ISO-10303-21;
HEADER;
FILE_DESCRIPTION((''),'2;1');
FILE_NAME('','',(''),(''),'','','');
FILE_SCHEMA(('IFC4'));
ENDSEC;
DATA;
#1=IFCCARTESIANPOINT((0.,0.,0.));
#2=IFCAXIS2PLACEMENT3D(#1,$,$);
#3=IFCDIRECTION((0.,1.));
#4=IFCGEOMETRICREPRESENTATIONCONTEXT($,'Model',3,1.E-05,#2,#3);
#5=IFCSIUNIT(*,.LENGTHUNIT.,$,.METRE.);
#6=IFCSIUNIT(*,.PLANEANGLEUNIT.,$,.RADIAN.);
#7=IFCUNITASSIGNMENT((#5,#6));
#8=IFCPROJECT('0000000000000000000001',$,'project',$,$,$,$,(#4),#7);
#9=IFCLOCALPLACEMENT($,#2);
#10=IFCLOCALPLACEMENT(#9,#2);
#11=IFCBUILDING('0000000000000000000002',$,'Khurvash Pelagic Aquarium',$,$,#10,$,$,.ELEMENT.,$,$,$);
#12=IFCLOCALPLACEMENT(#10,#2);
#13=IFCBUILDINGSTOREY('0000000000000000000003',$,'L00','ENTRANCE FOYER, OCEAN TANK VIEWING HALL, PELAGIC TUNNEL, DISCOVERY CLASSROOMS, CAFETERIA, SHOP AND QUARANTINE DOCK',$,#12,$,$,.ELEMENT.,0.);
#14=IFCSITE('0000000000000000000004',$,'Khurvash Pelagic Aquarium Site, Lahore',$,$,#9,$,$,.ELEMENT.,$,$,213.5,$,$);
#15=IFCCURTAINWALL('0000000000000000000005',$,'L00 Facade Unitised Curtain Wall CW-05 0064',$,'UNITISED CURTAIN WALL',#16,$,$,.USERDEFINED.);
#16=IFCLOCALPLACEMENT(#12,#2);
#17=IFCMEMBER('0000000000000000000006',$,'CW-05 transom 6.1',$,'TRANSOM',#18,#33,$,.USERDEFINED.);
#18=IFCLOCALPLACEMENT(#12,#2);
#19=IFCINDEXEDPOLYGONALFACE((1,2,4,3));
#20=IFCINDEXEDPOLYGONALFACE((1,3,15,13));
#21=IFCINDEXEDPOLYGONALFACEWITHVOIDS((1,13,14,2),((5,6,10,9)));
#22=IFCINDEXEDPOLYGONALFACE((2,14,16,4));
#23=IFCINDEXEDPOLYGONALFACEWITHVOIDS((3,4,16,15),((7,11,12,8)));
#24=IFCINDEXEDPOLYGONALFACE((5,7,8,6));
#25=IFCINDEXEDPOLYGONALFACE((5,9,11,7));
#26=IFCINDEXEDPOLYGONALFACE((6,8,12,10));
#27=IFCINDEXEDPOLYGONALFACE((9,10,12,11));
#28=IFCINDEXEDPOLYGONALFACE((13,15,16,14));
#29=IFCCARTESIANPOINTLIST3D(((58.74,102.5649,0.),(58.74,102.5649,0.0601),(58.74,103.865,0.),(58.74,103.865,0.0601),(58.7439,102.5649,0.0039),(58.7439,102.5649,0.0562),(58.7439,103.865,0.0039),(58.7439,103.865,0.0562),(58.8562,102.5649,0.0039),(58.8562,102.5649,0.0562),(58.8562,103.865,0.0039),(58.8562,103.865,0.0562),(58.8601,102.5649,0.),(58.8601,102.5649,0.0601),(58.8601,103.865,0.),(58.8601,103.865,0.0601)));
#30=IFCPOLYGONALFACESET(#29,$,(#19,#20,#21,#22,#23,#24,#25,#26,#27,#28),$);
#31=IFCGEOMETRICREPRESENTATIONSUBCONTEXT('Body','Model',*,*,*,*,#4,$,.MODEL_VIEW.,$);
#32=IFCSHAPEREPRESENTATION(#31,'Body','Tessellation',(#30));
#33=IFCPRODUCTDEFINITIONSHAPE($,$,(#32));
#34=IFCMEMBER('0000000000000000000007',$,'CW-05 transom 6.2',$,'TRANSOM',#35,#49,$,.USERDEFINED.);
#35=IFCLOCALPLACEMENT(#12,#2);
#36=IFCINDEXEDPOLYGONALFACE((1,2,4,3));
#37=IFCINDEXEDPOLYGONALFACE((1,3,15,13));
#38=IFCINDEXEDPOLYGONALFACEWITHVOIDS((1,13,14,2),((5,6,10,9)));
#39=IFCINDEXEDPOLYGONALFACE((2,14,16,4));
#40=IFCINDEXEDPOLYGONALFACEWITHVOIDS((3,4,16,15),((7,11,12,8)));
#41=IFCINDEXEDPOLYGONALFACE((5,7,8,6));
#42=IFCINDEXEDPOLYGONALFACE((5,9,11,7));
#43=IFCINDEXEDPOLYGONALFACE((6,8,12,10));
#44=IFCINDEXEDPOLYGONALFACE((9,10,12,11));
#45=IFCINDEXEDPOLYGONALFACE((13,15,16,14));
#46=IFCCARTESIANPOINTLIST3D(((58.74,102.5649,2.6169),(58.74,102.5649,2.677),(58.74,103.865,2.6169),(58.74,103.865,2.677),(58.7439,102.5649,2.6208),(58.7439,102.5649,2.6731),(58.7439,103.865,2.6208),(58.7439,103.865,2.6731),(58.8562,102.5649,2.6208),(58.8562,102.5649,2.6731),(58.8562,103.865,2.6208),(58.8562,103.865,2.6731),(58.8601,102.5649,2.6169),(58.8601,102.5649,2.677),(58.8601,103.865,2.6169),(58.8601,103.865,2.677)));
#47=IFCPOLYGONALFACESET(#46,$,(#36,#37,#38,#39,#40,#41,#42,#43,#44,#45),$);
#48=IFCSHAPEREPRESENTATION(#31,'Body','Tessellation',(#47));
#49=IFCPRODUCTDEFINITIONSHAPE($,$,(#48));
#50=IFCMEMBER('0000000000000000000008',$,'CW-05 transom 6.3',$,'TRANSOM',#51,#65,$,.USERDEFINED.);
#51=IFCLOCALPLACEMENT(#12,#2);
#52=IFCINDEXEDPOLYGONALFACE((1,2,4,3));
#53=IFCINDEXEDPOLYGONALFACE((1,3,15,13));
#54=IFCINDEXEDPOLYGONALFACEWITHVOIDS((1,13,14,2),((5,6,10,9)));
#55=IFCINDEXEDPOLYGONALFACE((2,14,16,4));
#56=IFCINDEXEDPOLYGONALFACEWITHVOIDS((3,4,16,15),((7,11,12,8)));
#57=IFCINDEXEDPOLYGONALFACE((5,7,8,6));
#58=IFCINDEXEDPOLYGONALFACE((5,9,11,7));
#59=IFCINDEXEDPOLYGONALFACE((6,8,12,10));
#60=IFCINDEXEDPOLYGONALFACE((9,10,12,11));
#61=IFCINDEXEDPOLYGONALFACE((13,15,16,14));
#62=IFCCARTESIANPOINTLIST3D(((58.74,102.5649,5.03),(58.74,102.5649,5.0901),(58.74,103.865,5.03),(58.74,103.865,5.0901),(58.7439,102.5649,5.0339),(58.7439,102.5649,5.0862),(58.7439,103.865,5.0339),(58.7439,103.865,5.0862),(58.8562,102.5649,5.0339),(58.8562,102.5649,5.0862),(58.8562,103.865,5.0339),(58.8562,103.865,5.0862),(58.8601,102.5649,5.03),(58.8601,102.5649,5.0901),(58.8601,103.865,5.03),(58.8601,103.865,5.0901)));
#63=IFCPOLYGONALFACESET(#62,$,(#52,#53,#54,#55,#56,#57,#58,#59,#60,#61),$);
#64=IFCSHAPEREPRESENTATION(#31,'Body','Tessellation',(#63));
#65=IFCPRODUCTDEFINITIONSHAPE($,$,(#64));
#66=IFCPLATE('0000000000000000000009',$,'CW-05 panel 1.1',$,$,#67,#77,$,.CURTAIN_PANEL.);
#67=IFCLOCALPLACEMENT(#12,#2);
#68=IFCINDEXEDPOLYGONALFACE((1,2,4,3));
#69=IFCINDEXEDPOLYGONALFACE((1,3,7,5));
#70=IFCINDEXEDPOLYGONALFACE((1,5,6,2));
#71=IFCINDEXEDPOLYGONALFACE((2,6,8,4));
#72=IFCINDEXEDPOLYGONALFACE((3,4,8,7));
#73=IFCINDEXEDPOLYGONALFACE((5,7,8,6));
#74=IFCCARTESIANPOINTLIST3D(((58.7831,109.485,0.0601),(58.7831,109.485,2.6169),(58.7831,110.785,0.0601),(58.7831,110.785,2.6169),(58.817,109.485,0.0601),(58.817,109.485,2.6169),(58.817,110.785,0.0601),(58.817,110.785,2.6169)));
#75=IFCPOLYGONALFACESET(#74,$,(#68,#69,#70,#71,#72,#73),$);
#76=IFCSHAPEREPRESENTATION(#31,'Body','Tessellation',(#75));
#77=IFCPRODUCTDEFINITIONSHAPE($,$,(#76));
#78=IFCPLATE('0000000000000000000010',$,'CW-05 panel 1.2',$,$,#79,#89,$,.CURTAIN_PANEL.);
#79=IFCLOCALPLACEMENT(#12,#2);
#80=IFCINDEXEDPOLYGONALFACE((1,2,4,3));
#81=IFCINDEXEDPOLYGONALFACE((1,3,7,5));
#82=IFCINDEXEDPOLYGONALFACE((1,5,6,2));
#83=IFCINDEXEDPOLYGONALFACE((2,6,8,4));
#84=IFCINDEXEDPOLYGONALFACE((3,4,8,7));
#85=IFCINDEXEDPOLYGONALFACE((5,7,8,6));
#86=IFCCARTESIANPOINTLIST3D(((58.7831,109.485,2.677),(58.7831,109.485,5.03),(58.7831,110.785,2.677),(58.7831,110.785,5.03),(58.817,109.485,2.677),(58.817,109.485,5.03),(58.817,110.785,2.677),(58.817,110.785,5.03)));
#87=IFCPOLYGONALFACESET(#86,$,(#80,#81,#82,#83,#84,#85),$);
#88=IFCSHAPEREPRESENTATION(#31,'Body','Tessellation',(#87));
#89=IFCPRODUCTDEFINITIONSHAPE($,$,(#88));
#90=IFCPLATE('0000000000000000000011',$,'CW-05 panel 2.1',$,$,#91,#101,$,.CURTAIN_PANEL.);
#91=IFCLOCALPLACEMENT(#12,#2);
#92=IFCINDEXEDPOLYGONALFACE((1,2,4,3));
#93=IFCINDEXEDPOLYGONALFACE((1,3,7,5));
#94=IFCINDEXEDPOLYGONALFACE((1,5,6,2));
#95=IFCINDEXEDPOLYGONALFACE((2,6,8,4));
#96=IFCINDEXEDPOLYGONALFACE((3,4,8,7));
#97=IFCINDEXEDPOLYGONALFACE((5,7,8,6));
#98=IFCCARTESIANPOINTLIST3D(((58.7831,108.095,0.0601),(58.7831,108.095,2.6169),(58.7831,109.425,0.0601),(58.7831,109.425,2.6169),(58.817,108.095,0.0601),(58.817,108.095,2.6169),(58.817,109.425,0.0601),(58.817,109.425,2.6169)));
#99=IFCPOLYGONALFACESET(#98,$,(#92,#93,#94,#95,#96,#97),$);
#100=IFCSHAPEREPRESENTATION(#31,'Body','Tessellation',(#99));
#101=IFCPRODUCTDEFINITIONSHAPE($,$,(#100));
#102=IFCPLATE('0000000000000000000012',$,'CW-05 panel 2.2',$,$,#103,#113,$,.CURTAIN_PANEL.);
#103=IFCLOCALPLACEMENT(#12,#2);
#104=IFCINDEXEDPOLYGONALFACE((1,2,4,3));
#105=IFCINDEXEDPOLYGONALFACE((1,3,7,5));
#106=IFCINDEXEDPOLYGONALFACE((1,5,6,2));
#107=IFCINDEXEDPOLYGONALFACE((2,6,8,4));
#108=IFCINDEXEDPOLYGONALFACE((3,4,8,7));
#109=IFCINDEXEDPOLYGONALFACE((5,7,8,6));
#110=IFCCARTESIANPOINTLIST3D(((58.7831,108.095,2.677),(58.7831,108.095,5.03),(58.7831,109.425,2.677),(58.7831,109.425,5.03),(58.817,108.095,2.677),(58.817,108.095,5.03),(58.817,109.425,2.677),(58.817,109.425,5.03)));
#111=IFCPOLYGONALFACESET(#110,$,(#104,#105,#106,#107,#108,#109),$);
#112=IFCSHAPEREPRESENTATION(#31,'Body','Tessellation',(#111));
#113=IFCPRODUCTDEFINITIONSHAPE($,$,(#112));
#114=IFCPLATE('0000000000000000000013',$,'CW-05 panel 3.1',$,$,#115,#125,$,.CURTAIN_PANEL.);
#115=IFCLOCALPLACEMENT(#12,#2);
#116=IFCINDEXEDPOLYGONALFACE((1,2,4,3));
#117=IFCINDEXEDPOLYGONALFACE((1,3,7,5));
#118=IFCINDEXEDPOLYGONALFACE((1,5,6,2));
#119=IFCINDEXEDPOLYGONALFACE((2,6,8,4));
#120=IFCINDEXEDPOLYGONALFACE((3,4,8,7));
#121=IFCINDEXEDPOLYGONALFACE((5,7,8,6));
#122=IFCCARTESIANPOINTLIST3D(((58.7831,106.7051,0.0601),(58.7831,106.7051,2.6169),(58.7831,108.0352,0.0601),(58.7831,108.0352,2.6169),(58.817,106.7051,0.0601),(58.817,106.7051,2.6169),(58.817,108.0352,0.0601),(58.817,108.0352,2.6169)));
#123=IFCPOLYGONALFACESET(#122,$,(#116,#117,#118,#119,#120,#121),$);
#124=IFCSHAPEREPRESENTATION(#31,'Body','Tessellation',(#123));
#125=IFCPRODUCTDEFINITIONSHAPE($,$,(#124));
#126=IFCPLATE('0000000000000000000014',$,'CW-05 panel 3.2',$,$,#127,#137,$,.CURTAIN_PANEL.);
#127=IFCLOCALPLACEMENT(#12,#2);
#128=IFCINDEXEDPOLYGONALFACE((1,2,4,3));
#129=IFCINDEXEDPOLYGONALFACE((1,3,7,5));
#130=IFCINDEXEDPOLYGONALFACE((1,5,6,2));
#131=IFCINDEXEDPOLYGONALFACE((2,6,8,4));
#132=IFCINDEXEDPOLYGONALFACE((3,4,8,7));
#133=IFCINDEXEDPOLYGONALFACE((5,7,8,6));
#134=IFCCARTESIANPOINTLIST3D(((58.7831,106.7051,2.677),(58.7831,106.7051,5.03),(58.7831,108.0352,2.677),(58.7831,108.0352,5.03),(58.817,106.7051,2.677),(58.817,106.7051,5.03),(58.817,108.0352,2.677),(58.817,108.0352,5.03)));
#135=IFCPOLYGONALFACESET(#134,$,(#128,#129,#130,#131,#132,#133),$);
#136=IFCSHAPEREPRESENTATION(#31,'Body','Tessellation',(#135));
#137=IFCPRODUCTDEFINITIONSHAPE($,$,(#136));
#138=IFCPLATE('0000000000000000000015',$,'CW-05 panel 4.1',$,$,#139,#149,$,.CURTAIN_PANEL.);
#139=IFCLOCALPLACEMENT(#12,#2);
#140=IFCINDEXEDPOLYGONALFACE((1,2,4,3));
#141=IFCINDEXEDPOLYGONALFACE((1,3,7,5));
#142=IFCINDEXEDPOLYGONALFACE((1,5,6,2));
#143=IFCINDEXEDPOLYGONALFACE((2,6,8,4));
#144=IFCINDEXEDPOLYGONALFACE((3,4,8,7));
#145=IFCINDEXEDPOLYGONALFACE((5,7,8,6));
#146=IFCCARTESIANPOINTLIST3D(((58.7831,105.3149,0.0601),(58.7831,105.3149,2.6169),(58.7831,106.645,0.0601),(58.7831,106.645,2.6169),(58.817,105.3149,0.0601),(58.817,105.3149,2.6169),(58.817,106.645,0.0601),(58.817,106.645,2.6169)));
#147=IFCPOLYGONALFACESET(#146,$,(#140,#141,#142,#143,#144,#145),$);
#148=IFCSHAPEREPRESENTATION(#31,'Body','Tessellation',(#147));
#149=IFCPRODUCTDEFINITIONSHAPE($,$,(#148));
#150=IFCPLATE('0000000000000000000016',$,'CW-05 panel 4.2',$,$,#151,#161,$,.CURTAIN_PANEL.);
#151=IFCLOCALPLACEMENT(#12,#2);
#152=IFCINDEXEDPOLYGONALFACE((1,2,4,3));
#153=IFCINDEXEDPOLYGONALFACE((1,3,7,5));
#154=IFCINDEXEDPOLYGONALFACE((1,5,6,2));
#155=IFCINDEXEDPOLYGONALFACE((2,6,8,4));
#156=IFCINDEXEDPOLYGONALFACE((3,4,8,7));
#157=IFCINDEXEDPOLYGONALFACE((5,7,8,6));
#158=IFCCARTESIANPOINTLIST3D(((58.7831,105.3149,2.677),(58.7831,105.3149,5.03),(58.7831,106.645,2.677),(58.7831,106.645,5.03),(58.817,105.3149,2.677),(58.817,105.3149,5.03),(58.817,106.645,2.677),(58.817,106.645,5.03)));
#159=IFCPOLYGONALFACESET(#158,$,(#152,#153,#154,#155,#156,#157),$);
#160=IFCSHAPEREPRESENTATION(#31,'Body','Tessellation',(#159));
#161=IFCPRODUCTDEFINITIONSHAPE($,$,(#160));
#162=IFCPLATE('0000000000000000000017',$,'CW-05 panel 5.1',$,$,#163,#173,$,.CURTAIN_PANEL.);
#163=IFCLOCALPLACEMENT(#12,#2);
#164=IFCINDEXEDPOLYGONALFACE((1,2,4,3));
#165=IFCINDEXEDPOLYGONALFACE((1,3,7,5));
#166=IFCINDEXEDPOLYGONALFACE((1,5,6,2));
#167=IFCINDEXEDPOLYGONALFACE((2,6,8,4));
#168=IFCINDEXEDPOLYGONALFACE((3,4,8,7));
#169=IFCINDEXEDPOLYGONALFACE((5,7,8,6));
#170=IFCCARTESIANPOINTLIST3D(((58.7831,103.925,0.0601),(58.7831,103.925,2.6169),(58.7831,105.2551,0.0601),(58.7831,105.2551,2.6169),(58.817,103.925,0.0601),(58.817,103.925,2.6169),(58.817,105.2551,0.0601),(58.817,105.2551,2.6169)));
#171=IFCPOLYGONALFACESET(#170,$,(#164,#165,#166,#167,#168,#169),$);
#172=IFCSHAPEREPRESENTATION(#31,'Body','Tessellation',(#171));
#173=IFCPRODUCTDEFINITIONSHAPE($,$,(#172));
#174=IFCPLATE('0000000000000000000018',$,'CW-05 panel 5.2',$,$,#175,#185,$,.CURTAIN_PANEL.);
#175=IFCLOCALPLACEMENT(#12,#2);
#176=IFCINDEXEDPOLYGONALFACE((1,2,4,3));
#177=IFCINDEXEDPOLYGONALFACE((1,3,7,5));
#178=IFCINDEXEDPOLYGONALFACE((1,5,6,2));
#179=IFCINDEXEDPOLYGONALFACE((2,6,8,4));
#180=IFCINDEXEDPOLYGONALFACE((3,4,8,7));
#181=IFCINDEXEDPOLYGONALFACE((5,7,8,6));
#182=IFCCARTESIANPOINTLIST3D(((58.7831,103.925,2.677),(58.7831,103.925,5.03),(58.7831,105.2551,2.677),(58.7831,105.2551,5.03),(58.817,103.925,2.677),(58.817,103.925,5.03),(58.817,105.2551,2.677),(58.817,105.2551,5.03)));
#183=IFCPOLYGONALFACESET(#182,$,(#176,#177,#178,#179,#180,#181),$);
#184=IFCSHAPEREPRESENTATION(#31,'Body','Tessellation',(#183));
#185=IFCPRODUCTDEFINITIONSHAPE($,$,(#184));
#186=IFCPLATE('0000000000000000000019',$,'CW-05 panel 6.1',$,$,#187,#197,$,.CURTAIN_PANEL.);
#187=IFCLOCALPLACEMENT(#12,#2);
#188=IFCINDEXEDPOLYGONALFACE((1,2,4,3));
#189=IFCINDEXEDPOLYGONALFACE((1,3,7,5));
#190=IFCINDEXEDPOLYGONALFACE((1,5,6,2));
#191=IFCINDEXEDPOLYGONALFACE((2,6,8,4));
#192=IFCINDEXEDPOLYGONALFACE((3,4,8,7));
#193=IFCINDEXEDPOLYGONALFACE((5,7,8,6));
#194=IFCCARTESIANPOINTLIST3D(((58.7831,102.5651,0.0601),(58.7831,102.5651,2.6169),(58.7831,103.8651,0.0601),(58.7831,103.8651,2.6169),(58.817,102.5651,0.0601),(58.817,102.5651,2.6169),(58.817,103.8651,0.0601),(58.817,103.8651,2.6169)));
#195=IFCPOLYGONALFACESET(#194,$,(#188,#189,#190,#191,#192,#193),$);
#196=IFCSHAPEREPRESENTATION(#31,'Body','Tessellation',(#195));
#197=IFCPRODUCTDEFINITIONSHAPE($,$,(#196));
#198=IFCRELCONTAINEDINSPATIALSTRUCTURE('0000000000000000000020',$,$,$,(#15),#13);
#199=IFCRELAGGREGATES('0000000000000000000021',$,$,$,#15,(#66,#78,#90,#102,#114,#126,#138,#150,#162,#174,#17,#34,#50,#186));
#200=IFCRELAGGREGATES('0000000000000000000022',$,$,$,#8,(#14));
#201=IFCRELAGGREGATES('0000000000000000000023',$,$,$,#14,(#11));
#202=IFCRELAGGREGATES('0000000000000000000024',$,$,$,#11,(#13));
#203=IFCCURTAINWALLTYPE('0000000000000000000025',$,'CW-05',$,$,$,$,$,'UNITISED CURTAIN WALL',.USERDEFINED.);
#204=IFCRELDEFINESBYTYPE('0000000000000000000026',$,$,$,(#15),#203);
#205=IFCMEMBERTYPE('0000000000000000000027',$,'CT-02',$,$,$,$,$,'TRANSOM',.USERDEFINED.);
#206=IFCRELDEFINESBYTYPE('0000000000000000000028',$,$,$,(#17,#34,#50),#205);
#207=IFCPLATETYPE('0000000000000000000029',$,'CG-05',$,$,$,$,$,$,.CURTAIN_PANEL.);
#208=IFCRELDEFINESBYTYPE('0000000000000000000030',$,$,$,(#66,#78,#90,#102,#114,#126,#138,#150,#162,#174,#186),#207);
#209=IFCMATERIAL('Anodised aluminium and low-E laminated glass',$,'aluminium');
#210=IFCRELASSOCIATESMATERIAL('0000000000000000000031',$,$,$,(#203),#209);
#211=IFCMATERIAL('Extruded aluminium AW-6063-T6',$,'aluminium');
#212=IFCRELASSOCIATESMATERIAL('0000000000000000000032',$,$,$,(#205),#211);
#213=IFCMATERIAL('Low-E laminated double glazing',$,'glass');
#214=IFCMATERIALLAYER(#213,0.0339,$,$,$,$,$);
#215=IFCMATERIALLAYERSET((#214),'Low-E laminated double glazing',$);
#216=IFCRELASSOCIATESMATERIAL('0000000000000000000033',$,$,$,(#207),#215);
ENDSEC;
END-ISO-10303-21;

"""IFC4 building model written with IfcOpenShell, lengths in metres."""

from ifc_helpers import new_model, si_unit, direction, frame, origin, origin_2d, place, context, subcontext, project, spatial, rectangle, hollow_rectangle, extrude, material, layer, layer_set, material_profile, profile_set, type_object, element, aggregate, save


model = new_model("IFC4")

# Units and contexts
model_context = context("Model", 3, precision=1e-05, world=origin(), true_north=direction((0.0, 1.0)))
body_context = subcontext(model_context, "Body", "Model", "MODEL_VIEW")
ifc_project = project(units=[si_unit("LENGTHUNIT", "METRE"), si_unit("PLANEANGLEUNIT", "RADIAN")], contexts=[model_context])

# Site, building, storey
site_placement = place(None, origin())
site = spatial("IfcSite", under=ifc_project, at=site_placement, Name="Khurvash Pelagic Aquarium Site, Lahore", CompositionType="ELEMENT", RefElevation=213.5)
building_placement = place(site_placement, origin())
building = spatial("IfcBuilding", under=site, at=building_placement, Name="Khurvash Pelagic Aquarium", CompositionType="ELEMENT")
storey_placement = place(building_placement, origin())
storey = spatial("IfcBuildingStorey", under=building, at=storey_placement, Name="L00", Description="ENTRANCE FOYER, OCEAN TANK VIEWING HALL, PELAGIC TUNNEL, DISCOVERY CLASSROOMS, CAFETERIA, SHOP AND QUARANTINE DOCK", CompositionType="ELEMENT", Elevation=0.0)

# Curtain wall, members, plates
ifc_material_1 = material(Name="Anodised aluminium and low-E laminated glass", Category="aluminium")
curtain_wall_type = type_object("IfcCurtainWallType", Name="CW-05", ElementType="UNITISED CURTAIN WALL", PredefinedType="USERDEFINED", material=ifc_material_1)
curtain_wall_placement = place(storey_placement, origin())
curtain_wall = element("IfcCurtainWall", 1, at=curtain_wall_placement, inside=storey, type_object=curtain_wall_type, Name="L00 Facade Unitised Curtain Wall CW-05 0064", ObjectType="UNITISED CURTAIN WALL", PredefinedType="USERDEFINED")
ifc_material_2 = material(Name="Extruded aluminium AW-6063-T6", Category="aluminium")
ifc_material_profile_1 = material_profile(ifc_material_2, hollow_rectangle(XDim=0.1201, YDim=0.0601, WallThickness=0.0039, at=origin_2d()), Name="CWT120X60X4")
ifc_profile_set_1 = profile_set([ifc_material_profile_1], Name="Extruded aluminium AW-6063-T6")
member_type_1 = type_object("IfcMemberType", Name="CT-02", ElementType="TRANSOM", PredefinedType="USERDEFINED", material=ifc_profile_set_1)
member_1_placement = place(storey_placement, frame((58.8, 103.865, 0.03), z_axis=(0.0, -1.0, 0.0), x_axis=(1.0, 0.0, 0.0)))
member_1 = element("IfcMember", 2, at=member_1_placement, type_object=member_type_1, Name="CW-05 transom 6.1", ObjectType="TRANSOM", PredefinedType="USERDEFINED", context=body_context, shape_type="SweptSolid", body=[
    extrude(hollow_rectangle(XDim=0.1201, YDim=0.0601, WallThickness=0.0039, at=origin_2d()), origin(), (0.0, 0.0, 1.0), 1.3),
])
member_2_placement = place(storey_placement, frame((58.8, 103.865, 2.647), z_axis=(0.0, -1.0, 0.0), x_axis=(1.0, 0.0, 0.0)))
member_2 = element("IfcMember", 3, at=member_2_placement, type_object=member_type_1, Name="CW-05 transom 6.2", ObjectType="TRANSOM", PredefinedType="USERDEFINED", context=body_context, shape_type="SweptSolid", body=[
    extrude(hollow_rectangle(XDim=0.1201, YDim=0.0601, WallThickness=0.0039, at=origin_2d()), origin(), (0.0, 0.0, 1.0), 1.3),
])
member_3_placement = place(storey_placement, frame((58.8, 103.865, 5.0601), z_axis=(0.0, -1.0, 0.0), x_axis=(1.0, 0.0, 0.0)))
member_3 = element("IfcMember", 4, at=member_3_placement, type_object=member_type_1, Name="CW-05 transom 6.3", ObjectType="TRANSOM", PredefinedType="USERDEFINED", context=body_context, shape_type="SweptSolid", body=[
    extrude(hollow_rectangle(XDim=0.1201, YDim=0.0601, WallThickness=0.0039, at=origin_2d()), origin(), (0.0, 0.0, 1.0), 1.3),
])
ifc_material_3 = material(Name="Low-E laminated double glazing", Category="glass")
ifc_layer = layer(ifc_material_3, 0.0339)
ifc_layer_set = layer_set([ifc_layer], Name="Low-E laminated double glazing")
plate_type = type_object("IfcPlateType", Name="CG-05", PredefinedType="CURTAIN_PANEL", material=ifc_layer_set)
plate_1_placement = place(storey_placement, frame((58.8, 110.135, 0.0601), z_axis=(0.0, 0.0, 1.0), x_axis=(0.0, -1.0, 0.0)))
plate_1 = element("IfcPlate", 5, at=plate_1_placement, type_object=plate_type, Name="CW-05 panel 1.1", PredefinedType="CURTAIN_PANEL", context=body_context, shape_type="SweptSolid", body=[
    extrude(rectangle(XDim=1.3, YDim=0.0339, at=origin_2d()), origin(), (0.0, 0.0, 1.0), 2.5569),
])
plate_2_placement = place(storey_placement, frame((58.8, 110.135, 2.677), z_axis=(0.0, 0.0, 1.0), x_axis=(0.0, -1.0, 0.0)))
plate_2 = element("IfcPlate", 6, at=plate_2_placement, type_object=plate_type, Name="CW-05 panel 1.2", PredefinedType="CURTAIN_PANEL", context=body_context, shape_type="SweptSolid", body=[
    extrude(rectangle(XDim=1.3, YDim=0.0339, at=origin_2d()), origin(), (0.0, 0.0, 1.0), 2.353),
])
plate_3_placement = place(storey_placement, frame((58.8, 108.76, 0.0601), z_axis=(0.0, 0.0, 1.0), x_axis=(0.0, -1.0, 0.0)))
plate_3 = element("IfcPlate", 7, at=plate_3_placement, type_object=plate_type, Name="CW-05 panel 2.1", PredefinedType="CURTAIN_PANEL", context=body_context, shape_type="SweptSolid", body=[
    extrude(rectangle(XDim=1.3301, YDim=0.0339, at=origin_2d()), origin(), (0.0, 0.0, 1.0), 2.5569),
])
plate_4_placement = place(storey_placement, frame((58.8, 108.76, 2.677), z_axis=(0.0, 0.0, 1.0), x_axis=(0.0, -1.0, 0.0)))
plate_4 = element("IfcPlate", 8, at=plate_4_placement, type_object=plate_type, Name="CW-05 panel 2.2", PredefinedType="CURTAIN_PANEL", context=body_context, shape_type="SweptSolid", body=[
    extrude(rectangle(XDim=1.3301, YDim=0.0339, at=origin_2d()), origin(), (0.0, 0.0, 1.0), 2.353),
])
plate_5_placement = place(storey_placement, frame((58.8, 107.3701, 0.0601), z_axis=(0.0, 0.0, 1.0), x_axis=(0.0, -1.0, 0.0)))
plate_5 = element("IfcPlate", 9, at=plate_5_placement, type_object=plate_type, Name="CW-05 panel 3.1", PredefinedType="CURTAIN_PANEL", context=body_context, shape_type="SweptSolid", body=[
    extrude(rectangle(XDim=1.3301, YDim=0.0339, at=origin_2d()), origin(), (0.0, 0.0, 1.0), 2.5569),
])
plate_6_placement = place(storey_placement, frame((58.8, 107.3701, 2.677), z_axis=(0.0, 0.0, 1.0), x_axis=(0.0, -1.0, 0.0)))
plate_6 = element("IfcPlate", 10, at=plate_6_placement, type_object=plate_type, Name="CW-05 panel 3.2", PredefinedType="CURTAIN_PANEL", context=body_context, shape_type="SweptSolid", body=[
    extrude(rectangle(XDim=1.3301, YDim=0.0339, at=origin_2d()), origin(), (0.0, 0.0, 1.0), 2.353),
])
plate_7_placement = place(storey_placement, frame((58.8, 105.98, 0.0601), z_axis=(0.0, 0.0, 1.0), x_axis=(0.0, -1.0, 0.0)))
plate_7 = element("IfcPlate", 11, at=plate_7_placement, type_object=plate_type, Name="CW-05 panel 4.1", PredefinedType="CURTAIN_PANEL", context=body_context, shape_type="SweptSolid", body=[
    extrude(rectangle(XDim=1.3301, YDim=0.0339, at=origin_2d()), origin(), (0.0, 0.0, 1.0), 2.5569),
])
plate_8_placement = place(storey_placement, frame((58.8, 105.98, 2.677), z_axis=(0.0, 0.0, 1.0), x_axis=(0.0, -1.0, 0.0)))
plate_8 = element("IfcPlate", 12, at=plate_8_placement, type_object=plate_type, Name="CW-05 panel 4.2", PredefinedType="CURTAIN_PANEL", context=body_context, shape_type="SweptSolid", body=[
    extrude(rectangle(XDim=1.3301, YDim=0.0339, at=origin_2d()), origin(), (0.0, 0.0, 1.0), 2.353),
])
plate_9_placement = place(storey_placement, frame((58.8, 104.5901, 0.0601), z_axis=(0.0, 0.0, 1.0), x_axis=(0.0, -1.0, 0.0)))
plate_9 = element("IfcPlate", 13, at=plate_9_placement, type_object=plate_type, Name="CW-05 panel 5.1", PredefinedType="CURTAIN_PANEL", context=body_context, shape_type="SweptSolid", body=[
    extrude(rectangle(XDim=1.3301, YDim=0.0339, at=origin_2d()), origin(), (0.0, 0.0, 1.0), 2.5569),
])
plate_10_placement = place(storey_placement, frame((58.8, 104.5901, 2.677), z_axis=(0.0, 0.0, 1.0), x_axis=(0.0, -1.0, 0.0)))
plate_10 = element("IfcPlate", 14, at=plate_10_placement, type_object=plate_type, Name="CW-05 panel 5.2", PredefinedType="CURTAIN_PANEL", context=body_context, shape_type="SweptSolid", body=[
    extrude(rectangle(XDim=1.3301, YDim=0.0339, at=origin_2d()), origin(), (0.0, 0.0, 1.0), 2.353),
])
plate_11_placement = place(storey_placement, frame((58.8, 103.2151, 0.0601), z_axis=(0.0, 0.0, 1.0), x_axis=(0.0, -1.0, 0.0)))
plate_11 = element("IfcPlate", 15, at=plate_11_placement, type_object=plate_type, Name="CW-05 panel 6.1", PredefinedType="CURTAIN_PANEL", context=body_context, shape_type="SweptSolid", body=[
    extrude(rectangle(XDim=1.3, YDim=0.0339, at=origin_2d()), origin(), (0.0, 0.0, 1.0), 2.5569),
])
aggregate(curtain_wall, [plate_1, plate_2, plate_3, plate_4, plate_5, plate_6, plate_7, plate_8, plate_9, plate_10, member_1, member_2, member_3, plate_11])

save(model, "model.ifc")
